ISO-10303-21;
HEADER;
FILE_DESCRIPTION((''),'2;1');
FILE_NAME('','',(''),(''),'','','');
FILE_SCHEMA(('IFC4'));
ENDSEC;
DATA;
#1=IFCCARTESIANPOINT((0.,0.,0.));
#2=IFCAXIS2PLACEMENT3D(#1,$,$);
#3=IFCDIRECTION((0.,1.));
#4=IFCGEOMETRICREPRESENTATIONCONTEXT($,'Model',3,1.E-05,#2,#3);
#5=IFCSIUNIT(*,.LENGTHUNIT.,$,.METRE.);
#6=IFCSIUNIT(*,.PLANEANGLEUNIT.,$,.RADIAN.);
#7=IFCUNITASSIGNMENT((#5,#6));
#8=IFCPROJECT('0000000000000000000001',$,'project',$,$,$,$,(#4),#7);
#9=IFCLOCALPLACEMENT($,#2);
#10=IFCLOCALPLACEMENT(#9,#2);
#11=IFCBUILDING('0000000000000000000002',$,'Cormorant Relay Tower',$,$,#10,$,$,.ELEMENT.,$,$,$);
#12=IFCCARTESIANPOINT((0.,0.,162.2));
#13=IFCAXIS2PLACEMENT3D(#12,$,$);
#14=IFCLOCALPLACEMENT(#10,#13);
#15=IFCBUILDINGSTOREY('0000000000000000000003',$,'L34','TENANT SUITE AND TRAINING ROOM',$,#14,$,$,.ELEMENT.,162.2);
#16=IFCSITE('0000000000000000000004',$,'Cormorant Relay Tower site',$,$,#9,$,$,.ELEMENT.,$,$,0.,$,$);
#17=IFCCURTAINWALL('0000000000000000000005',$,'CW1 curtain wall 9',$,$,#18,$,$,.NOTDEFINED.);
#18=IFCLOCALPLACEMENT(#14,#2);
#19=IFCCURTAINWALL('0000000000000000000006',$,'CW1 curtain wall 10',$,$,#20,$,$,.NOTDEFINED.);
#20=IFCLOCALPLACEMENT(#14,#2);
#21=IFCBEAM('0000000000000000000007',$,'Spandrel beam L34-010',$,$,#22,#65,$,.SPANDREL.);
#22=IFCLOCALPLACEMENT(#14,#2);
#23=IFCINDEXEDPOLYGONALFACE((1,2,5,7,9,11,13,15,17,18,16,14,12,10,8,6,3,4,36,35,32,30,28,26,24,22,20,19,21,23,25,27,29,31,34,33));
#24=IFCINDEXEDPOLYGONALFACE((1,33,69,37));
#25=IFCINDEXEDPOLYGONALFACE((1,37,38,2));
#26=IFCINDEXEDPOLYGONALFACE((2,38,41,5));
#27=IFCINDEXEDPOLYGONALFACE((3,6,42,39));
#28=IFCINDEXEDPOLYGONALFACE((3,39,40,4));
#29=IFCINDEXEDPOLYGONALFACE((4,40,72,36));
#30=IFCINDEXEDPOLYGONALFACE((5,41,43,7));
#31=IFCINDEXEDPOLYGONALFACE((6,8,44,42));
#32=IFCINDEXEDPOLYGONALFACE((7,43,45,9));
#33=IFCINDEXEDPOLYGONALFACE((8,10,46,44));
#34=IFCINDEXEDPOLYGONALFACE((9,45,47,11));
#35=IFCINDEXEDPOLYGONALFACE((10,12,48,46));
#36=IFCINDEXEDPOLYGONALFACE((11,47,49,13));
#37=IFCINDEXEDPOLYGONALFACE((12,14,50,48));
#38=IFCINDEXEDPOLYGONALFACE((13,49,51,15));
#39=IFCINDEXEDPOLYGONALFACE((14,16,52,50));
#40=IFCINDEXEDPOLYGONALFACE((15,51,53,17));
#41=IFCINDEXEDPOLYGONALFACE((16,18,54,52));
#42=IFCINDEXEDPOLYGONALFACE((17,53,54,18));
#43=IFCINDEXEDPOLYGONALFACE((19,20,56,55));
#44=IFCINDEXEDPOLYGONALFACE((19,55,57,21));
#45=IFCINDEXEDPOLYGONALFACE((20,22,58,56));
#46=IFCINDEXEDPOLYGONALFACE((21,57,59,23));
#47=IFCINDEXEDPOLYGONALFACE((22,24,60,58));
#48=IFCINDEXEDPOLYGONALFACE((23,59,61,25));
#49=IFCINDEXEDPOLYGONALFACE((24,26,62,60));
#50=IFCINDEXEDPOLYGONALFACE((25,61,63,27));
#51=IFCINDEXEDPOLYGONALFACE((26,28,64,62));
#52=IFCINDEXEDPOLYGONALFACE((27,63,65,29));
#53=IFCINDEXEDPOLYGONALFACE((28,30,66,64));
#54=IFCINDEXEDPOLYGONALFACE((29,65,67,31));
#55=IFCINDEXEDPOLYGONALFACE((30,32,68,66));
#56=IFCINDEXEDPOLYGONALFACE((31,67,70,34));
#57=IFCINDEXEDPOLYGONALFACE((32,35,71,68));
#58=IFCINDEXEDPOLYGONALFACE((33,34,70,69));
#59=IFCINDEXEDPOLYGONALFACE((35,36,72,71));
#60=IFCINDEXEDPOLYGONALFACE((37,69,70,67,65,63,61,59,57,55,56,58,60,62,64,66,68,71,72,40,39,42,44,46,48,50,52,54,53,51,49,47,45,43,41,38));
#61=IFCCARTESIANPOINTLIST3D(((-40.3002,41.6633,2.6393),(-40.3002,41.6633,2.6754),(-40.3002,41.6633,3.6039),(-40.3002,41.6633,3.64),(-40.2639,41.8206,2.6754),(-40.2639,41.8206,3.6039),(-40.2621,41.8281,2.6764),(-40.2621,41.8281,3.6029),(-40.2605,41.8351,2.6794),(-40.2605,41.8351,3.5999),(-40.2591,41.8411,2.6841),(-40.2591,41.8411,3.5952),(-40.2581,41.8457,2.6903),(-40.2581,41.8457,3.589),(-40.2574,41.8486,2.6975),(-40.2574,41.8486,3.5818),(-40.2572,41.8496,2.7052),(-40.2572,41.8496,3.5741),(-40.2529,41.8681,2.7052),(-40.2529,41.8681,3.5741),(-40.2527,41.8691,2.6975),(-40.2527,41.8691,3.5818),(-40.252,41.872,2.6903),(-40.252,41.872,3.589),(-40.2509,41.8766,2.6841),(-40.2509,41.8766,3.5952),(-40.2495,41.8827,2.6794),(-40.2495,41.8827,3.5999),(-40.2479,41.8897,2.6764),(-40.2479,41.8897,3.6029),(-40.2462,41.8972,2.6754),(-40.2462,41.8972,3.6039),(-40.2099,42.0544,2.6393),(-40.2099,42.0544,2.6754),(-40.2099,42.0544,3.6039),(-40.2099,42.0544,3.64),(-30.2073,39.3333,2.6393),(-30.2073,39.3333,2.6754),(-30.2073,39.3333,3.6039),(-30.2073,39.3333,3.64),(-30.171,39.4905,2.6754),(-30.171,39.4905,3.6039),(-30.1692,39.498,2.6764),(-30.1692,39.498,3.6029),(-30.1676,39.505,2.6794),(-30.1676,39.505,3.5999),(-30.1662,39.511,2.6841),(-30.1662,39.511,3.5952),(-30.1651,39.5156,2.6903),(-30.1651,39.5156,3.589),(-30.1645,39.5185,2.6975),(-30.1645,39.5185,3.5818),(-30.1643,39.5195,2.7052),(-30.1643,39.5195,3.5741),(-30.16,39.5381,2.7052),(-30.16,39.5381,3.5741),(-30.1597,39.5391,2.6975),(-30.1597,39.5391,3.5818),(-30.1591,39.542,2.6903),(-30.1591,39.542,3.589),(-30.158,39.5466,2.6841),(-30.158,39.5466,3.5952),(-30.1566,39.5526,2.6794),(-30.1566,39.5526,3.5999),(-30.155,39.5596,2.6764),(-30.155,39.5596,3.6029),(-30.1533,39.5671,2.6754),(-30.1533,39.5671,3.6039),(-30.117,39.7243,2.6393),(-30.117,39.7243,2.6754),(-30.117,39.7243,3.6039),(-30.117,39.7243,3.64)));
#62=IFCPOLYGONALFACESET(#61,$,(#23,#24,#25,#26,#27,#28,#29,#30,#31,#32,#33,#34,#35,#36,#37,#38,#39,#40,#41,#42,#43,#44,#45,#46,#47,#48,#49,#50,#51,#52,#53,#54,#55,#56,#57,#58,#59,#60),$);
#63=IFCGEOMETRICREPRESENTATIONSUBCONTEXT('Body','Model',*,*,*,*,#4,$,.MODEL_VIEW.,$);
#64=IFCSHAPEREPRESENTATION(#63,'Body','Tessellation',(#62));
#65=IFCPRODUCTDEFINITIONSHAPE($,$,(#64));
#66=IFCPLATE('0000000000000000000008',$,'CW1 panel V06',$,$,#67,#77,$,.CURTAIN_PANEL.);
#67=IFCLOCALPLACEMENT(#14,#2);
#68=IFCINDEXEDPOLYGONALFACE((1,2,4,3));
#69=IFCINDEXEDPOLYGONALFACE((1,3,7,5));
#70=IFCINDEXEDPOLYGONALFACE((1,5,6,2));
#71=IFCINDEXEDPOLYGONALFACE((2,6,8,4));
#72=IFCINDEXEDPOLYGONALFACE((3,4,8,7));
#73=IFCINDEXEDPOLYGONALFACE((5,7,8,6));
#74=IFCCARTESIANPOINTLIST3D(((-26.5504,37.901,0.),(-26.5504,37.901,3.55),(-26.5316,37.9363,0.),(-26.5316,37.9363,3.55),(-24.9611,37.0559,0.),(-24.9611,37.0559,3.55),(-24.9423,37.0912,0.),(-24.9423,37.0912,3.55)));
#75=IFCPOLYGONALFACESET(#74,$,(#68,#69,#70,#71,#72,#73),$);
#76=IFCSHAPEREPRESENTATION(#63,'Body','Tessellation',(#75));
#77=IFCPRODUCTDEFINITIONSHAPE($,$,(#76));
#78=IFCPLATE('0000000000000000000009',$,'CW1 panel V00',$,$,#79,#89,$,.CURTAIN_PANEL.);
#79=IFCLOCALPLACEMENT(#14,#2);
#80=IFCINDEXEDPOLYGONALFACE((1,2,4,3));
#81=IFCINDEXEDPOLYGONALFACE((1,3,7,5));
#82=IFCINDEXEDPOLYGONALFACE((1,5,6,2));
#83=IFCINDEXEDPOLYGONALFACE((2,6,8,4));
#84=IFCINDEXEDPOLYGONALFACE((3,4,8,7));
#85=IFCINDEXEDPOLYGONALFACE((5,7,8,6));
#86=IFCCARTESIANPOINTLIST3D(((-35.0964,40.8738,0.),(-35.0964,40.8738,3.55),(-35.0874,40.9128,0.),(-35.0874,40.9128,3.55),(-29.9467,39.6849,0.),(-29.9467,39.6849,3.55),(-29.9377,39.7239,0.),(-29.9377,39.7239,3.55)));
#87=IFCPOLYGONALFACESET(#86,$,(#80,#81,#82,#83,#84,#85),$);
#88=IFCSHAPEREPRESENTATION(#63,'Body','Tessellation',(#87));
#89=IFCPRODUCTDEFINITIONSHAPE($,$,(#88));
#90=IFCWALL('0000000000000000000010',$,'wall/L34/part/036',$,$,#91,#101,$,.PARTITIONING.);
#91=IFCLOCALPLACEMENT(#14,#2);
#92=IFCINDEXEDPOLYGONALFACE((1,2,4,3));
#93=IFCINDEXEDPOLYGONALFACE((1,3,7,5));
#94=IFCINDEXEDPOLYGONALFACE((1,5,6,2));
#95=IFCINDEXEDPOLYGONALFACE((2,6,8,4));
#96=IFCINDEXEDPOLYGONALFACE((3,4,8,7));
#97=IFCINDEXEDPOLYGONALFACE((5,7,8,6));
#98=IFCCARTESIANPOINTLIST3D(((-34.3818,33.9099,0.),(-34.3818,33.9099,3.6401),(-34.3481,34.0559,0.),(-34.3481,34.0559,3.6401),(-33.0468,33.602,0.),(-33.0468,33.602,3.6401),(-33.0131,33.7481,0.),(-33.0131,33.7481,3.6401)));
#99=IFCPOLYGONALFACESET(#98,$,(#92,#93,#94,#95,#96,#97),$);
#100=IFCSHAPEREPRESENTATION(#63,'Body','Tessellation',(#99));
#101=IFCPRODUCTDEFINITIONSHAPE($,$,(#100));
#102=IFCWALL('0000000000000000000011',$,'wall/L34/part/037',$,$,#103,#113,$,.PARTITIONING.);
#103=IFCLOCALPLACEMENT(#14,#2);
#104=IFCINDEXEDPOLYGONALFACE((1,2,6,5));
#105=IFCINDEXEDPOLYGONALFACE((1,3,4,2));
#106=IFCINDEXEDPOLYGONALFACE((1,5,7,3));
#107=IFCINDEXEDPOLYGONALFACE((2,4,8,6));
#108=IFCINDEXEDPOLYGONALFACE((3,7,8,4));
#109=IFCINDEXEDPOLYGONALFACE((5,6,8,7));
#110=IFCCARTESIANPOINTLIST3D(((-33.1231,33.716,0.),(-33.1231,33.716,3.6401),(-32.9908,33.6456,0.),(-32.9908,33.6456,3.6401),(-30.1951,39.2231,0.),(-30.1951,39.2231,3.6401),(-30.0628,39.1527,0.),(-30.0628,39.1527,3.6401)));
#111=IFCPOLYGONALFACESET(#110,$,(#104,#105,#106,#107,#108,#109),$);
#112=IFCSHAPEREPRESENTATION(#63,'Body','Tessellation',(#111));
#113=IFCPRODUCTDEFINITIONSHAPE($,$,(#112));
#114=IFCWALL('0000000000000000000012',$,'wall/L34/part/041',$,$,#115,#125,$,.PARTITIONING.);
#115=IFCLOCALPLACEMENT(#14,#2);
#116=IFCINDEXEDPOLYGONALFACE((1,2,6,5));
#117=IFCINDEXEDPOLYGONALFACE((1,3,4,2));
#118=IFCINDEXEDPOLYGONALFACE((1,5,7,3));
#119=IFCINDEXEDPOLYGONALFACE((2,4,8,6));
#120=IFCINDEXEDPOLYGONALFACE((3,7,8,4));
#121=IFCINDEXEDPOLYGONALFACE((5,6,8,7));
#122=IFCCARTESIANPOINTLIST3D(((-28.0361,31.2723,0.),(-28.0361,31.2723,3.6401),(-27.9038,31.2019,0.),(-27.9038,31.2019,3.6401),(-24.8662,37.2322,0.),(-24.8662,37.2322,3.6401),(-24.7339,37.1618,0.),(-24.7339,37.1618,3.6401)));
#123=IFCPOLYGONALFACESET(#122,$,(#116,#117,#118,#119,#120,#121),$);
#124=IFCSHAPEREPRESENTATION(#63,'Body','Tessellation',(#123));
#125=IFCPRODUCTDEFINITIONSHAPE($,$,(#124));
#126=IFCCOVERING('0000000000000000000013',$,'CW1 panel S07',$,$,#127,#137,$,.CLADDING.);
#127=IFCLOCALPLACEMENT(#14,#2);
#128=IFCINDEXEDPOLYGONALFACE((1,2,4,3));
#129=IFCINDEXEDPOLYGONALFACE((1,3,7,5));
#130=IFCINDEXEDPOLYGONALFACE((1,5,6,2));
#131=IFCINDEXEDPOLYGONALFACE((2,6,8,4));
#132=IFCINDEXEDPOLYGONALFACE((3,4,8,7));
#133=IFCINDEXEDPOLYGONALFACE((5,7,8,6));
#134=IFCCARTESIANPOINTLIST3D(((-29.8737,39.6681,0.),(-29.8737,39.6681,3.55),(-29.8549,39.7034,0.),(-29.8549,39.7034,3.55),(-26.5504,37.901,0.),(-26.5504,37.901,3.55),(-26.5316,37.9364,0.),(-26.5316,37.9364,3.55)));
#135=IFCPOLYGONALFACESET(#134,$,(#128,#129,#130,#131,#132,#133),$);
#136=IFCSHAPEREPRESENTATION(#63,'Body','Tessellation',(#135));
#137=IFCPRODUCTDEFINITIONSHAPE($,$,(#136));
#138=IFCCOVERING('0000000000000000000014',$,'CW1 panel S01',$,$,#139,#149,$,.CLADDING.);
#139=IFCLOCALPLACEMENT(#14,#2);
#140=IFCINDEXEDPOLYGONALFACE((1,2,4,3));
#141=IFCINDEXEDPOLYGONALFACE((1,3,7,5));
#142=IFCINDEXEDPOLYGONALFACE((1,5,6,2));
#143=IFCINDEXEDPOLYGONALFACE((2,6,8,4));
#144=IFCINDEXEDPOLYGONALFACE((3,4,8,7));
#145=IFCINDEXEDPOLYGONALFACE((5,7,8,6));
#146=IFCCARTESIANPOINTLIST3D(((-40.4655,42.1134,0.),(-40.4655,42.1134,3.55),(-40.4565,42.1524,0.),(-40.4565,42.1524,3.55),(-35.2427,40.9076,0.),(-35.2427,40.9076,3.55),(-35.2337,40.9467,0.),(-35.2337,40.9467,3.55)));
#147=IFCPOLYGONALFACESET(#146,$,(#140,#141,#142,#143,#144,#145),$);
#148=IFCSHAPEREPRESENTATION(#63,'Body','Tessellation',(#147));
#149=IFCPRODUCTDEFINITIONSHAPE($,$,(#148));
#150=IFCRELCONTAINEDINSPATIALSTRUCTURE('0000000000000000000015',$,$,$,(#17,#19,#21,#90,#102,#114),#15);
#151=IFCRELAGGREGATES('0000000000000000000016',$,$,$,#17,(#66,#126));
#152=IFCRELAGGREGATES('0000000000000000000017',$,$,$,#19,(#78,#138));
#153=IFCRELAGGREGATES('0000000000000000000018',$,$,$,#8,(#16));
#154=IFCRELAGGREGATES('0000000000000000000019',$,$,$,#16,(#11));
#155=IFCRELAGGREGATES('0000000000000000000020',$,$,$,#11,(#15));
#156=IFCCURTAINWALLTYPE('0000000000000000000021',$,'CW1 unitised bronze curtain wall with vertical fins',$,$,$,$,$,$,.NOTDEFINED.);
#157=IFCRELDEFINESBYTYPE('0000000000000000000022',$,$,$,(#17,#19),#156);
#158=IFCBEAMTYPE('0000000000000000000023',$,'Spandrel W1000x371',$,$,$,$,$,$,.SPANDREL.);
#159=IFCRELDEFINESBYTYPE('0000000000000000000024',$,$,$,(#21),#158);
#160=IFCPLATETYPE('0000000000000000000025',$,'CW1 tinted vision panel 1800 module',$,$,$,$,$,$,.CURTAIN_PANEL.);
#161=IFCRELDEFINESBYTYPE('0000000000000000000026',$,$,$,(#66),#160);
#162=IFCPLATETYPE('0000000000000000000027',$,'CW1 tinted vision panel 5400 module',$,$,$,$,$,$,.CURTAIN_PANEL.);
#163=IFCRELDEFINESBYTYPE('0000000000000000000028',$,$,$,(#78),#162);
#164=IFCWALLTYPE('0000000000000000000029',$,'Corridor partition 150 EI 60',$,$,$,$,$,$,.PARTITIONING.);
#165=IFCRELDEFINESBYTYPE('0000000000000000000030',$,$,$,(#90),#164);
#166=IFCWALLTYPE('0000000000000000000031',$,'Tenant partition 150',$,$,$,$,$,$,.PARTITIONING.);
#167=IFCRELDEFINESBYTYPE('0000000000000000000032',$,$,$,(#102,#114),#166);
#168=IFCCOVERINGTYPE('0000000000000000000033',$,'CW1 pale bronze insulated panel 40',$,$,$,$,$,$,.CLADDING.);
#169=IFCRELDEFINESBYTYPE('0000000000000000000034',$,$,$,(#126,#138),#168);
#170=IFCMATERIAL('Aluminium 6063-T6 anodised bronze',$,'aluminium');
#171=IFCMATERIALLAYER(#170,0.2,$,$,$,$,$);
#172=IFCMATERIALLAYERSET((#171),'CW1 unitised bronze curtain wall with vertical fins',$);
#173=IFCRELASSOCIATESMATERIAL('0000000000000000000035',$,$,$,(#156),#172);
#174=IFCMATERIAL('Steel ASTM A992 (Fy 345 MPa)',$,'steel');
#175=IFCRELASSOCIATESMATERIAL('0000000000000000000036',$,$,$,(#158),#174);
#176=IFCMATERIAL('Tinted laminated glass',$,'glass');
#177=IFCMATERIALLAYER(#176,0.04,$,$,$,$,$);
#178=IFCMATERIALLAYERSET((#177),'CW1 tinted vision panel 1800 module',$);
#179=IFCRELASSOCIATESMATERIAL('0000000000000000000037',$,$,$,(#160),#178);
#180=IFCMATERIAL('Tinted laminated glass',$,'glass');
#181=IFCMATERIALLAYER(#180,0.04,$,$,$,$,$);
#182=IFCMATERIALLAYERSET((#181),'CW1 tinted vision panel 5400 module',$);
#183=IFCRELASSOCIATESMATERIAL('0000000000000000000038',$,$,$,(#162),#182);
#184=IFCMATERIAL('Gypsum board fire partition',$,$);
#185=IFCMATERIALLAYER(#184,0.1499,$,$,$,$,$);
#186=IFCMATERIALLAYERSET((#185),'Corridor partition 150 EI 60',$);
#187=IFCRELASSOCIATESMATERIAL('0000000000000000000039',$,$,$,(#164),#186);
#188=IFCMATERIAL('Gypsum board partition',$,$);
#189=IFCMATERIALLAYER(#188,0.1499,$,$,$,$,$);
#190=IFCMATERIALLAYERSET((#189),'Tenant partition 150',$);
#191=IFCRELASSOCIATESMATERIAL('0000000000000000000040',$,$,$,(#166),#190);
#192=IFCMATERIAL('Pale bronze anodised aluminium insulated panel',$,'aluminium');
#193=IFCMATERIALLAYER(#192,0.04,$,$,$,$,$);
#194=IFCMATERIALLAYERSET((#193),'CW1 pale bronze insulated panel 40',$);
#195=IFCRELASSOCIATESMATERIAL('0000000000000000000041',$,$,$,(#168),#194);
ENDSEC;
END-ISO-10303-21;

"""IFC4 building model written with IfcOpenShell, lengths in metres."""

from ifc_helpers import new_model, si_unit, direction, frame, frame_2d, origin, origin_2d, place, context, subcontext, project, spatial, rectangle, i_section, extrude, material, layer, layer_set, material_profile, profile_set, type_object, element, aggregate, save


model = new_model("IFC4")

# Units and contexts
model_context = context("Model", 3, precision=1e-05, world=origin(), true_north=direction((0.0, 1.0)))
body_context = subcontext(model_context, "Body", "Model", "MODEL_VIEW")
ifc_project = project(units=[si_unit("LENGTHUNIT", "METRE"), si_unit("PLANEANGLEUNIT", "RADIAN")], contexts=[model_context])

# Site, building, storey
site_placement = place(None, origin())
site = spatial("IfcSite", under=ifc_project, at=site_placement, Name="Cormorant Relay Tower site", CompositionType="ELEMENT", RefElevation=0.0)
building_placement = place(site_placement, origin())
building = spatial("IfcBuilding", under=site, at=building_placement, Name="Cormorant Relay Tower", CompositionType="ELEMENT")
storey_placement = place(building_placement, frame((0.0, 0.0, 162.2)))
storey = spatial("IfcBuildingStorey", under=building, at=storey_placement, Name="L34", Description="TENANT SUITE AND TRAINING ROOM", CompositionType="ELEMENT", Elevation=162.2)

# Curtain wall
ifc_material_1 = material(Name="Aluminium 6063-T6 anodised bronze", Category="aluminium")
ifc_layer_1 = layer(ifc_material_1, 0.2)
ifc_layer_set_1 = layer_set([ifc_layer_1], Name="CW1 unitised bronze curtain wall with vertical fins")
curtain_wall_type = type_object("IfcCurtainWallType", Name="CW1 unitised bronze curtain wall with vertical fins", PredefinedType="NOTDEFINED", material=ifc_layer_set_1)
curtain_wall_1_placement = place(storey_placement, origin())
curtain_wall_1 = element("IfcCurtainWall", 1, at=curtain_wall_1_placement, inside=storey, type_object=curtain_wall_type, Name="CW1 curtain wall 9", PredefinedType="NOTDEFINED")

# Curtain wall
curtain_wall_2_placement = place(storey_placement, origin())
curtain_wall_2 = element("IfcCurtainWall", 2, at=curtain_wall_2_placement, inside=storey, type_object=curtain_wall_type, Name="CW1 curtain wall 10", PredefinedType="NOTDEFINED")

# Beam
ifc_material_2 = material(Name="Steel ASTM A992 (Fy 345 MPa)", Category="steel")
ifc_material_profile_1 = material_profile(ifc_material_2, i_section(OverallWidth=0.4014, OverallDepth=1.0007, WebThickness=0.019, FlangeThickness=0.0361, FilletRadius=0.0298, at=origin_2d()), Name="W1000x371")
ifc_profile_set_1 = profile_set([ifc_material_profile_1], Name="Steel ASTM A992 (Fy 345 MPa)")
beam_type = type_object("IfcBeamType", Name="Spandrel W1000x371", PredefinedType="SPANDREL", material=ifc_profile_set_1)
beam_placement = place(storey_placement, frame((-30.1621, 39.5288, 3.1396), z_axis=(-0.974372, 0.224944, 0.0), x_axis=(-0.224944, -0.974372, 0.0)))
element("IfcBeam", 3, at=beam_placement, inside=storey, type_object=beam_type, Name="Spandrel beam L34-010", PredefinedType="SPANDREL", context=body_context, shape_type="SweptSolid", body=[
    extrude(i_section(OverallWidth=0.4014, OverallDepth=1.0007, WebThickness=0.019, FlangeThickness=0.0361, FilletRadius=0.0298, at=origin_2d()), origin(), (0.0, 0.0, 1.0), 10.3584),
])

# Plates
ifc_material_3 = material(Name="Tinted laminated glass", Category="glass")
ifc_layer_2 = layer(ifc_material_3, 0.04)
ifc_layer_set_2 = layer_set([ifc_layer_2], Name="CW1 tinted vision panel 1800 module")
plate_type_1 = type_object("IfcPlateType", Name="CW1 tinted vision panel 1800 module", PredefinedType="CURTAIN_PANEL", material=ifc_layer_set_2)
plate_1_placement = place(storey_placement, frame((-25.7463, 37.4961, 0.0), z_axis=(0.0, 0.0, 1.0), x_axis=(-0.882948, 0.469472, 0.0)))
plate_1 = element("IfcPlate", 4, at=plate_1_placement, type_object=plate_type_1, Name="CW1 panel V06", PredefinedType="CURTAIN_PANEL", context=body_context, shape_type="SweptSolid", body=[
    extrude(rectangle(XDim=1.8, YDim=0.04, at=origin_2d()), origin(), (0.0, 0.0, 1.0), 3.55),
])
ifc_material_4 = material(Name="Tinted laminated glass", Category="glass")
ifc_layer_3 = layer(ifc_material_4, 0.04)
ifc_layer_set_3 = layer_set([ifc_layer_3], Name="CW1 tinted vision panel 5400 module")
plate_type_2 = type_object("IfcPlateType", Name="CW1 tinted vision panel 5400 module", PredefinedType="CURTAIN_PANEL", material=ifc_layer_set_3)
plate_2_placement = place(storey_placement, frame((-32.5171, 40.2988, 0.0), z_axis=(0.0, 0.0, 1.0), x_axis=(-0.97437, 0.224951, 0.0)))
plate_2 = element("IfcPlate", 5, at=plate_2_placement, type_object=plate_type_2, Name="CW1 panel V00", PredefinedType="CURTAIN_PANEL", context=body_context, shape_type="SweptSolid", body=[
    extrude(rectangle(XDim=5.2852, YDim=0.04, at=origin_2d()), origin(), (0.0, 0.0, 1.0), 3.55),
])

# Walls
ifc_material_5 = material(Name="Gypsum board fire partition")
ifc_layer_4 = layer(ifc_material_5, 0.1499)
ifc_layer_set_4 = layer_set([ifc_layer_4], Name="Corridor partition 150 EI 60")
wall_type_1 = type_object("IfcWallType", Name="Corridor partition 150 EI 60", PredefinedType="PARTITIONING", material=ifc_layer_set_4)
wall_1_placement = place(storey_placement, frame((-34.365, 33.9829, 0.0), z_axis=(0.0, 0.0, 1.0), x_axis=(0.974424, -0.224716, 0.0)))
element("IfcWall", 6, at=wall_1_placement, inside=storey, type_object=wall_type_1, Name="wall/L34/part/036", PredefinedType="PARTITIONING", context=body_context, shape_type="SweptSolid", body=[
    extrude(rectangle(XDim=1.3701, YDim=0.1499, at=frame_2d((0.6851, 0.0))), origin(), (0.0, 0.0, 1.0), 3.6401),
])
ifc_material_6 = material(Name="Gypsum board partition")
ifc_layer_5 = layer(ifc_material_6, 0.1499)
ifc_layer_set_5 = layer_set([ifc_layer_5], Name="Tenant partition 150")
wall_type_2 = type_object("IfcWallType", Name="Tenant partition 150", PredefinedType="PARTITIONING", material=ifc_layer_set_5)
wall_2_placement = place(storey_placement, frame((-30.1289, 39.188, 0.0), z_axis=(0.0, 0.0, 1.0), x_axis=(-0.469448, -0.88296, 0.0)))
element("IfcWall", 7, at=wall_2_placement, inside=storey, type_object=wall_type_2, Name="wall/L34/part/037", PredefinedType="PARTITIONING", context=body_context, shape_type="SweptSolid", body=[
    extrude(rectangle(XDim=6.2371, YDim=0.1499, at=frame_2d((3.1187, 0.0))), origin(), (0.0, 0.0, 1.0), 3.6401),
])
wall_3_placement = place(storey_placement, frame((-24.8, 37.197, 0.0), z_axis=(0.0, 0.0, 1.0), x_axis=(-0.469582, -0.882889, 0.0)))
element("IfcWall", 8, at=wall_3_placement, inside=storey, type_object=wall_type_2, Name="wall/L34/part/041", PredefinedType="PARTITIONING", context=body_context, shape_type="SweptSolid", body=[
    extrude(rectangle(XDim=6.7505, YDim=0.1499, at=frame_2d((3.3752, 0.0))), origin(), (0.0, 0.0, 1.0), 3.6401),
])

# Coverings
ifc_material_7 = material(Name="Pale bronze anodised aluminium insulated panel", Category="aluminium")
ifc_layer_6 = layer(ifc_material_7, 0.04)
ifc_layer_set_6 = layer_set([ifc_layer_6], Name="CW1 pale bronze insulated panel 40")
covering_type = type_object("IfcCoveringType", Name="CW1 pale bronze insulated panel 40", PredefinedType="CLADDING", material=ifc_layer_set_6)
covering_1_placement = place(storey_placement, frame((-28.2026, 38.8022, 0.0), z_axis=(0.0, 0.0, 1.0), x_axis=(-0.882948, 0.469472, 0.0)))
covering_1 = element("IfcCovering", 9, at=covering_1_placement, type_object=covering_type, Name="CW1 panel S07", PredefinedType="CLADDING", context=body_context, shape_type="SweptSolid", body=[
    extrude(rectangle(XDim=3.7639, YDim=0.04, at=origin_2d()), origin(), (0.0, 0.0, 1.0), 3.55),
])
aggregate(curtain_wall_1, [plate_1, covering_1])
covering_2_placement = place(storey_placement, frame((-37.8496, 41.53, 0.0), z_axis=(0.0, 0.0, 1.0), x_axis=(-0.97437, 0.224951, 0.0)))
covering_2 = element("IfcCovering", 10, at=covering_2_placement, type_object=covering_type, Name="CW1 panel S01", PredefinedType="CLADDING", context=body_context, shape_type="SweptSolid", body=[
    extrude(rectangle(XDim=5.3601, YDim=0.04, at=origin_2d()), origin(), (0.0, 0.0, 1.0), 3.55),
])
aggregate(curtain_wall_2, [plate_2, covering_2])

save(model, "model.ifc")
